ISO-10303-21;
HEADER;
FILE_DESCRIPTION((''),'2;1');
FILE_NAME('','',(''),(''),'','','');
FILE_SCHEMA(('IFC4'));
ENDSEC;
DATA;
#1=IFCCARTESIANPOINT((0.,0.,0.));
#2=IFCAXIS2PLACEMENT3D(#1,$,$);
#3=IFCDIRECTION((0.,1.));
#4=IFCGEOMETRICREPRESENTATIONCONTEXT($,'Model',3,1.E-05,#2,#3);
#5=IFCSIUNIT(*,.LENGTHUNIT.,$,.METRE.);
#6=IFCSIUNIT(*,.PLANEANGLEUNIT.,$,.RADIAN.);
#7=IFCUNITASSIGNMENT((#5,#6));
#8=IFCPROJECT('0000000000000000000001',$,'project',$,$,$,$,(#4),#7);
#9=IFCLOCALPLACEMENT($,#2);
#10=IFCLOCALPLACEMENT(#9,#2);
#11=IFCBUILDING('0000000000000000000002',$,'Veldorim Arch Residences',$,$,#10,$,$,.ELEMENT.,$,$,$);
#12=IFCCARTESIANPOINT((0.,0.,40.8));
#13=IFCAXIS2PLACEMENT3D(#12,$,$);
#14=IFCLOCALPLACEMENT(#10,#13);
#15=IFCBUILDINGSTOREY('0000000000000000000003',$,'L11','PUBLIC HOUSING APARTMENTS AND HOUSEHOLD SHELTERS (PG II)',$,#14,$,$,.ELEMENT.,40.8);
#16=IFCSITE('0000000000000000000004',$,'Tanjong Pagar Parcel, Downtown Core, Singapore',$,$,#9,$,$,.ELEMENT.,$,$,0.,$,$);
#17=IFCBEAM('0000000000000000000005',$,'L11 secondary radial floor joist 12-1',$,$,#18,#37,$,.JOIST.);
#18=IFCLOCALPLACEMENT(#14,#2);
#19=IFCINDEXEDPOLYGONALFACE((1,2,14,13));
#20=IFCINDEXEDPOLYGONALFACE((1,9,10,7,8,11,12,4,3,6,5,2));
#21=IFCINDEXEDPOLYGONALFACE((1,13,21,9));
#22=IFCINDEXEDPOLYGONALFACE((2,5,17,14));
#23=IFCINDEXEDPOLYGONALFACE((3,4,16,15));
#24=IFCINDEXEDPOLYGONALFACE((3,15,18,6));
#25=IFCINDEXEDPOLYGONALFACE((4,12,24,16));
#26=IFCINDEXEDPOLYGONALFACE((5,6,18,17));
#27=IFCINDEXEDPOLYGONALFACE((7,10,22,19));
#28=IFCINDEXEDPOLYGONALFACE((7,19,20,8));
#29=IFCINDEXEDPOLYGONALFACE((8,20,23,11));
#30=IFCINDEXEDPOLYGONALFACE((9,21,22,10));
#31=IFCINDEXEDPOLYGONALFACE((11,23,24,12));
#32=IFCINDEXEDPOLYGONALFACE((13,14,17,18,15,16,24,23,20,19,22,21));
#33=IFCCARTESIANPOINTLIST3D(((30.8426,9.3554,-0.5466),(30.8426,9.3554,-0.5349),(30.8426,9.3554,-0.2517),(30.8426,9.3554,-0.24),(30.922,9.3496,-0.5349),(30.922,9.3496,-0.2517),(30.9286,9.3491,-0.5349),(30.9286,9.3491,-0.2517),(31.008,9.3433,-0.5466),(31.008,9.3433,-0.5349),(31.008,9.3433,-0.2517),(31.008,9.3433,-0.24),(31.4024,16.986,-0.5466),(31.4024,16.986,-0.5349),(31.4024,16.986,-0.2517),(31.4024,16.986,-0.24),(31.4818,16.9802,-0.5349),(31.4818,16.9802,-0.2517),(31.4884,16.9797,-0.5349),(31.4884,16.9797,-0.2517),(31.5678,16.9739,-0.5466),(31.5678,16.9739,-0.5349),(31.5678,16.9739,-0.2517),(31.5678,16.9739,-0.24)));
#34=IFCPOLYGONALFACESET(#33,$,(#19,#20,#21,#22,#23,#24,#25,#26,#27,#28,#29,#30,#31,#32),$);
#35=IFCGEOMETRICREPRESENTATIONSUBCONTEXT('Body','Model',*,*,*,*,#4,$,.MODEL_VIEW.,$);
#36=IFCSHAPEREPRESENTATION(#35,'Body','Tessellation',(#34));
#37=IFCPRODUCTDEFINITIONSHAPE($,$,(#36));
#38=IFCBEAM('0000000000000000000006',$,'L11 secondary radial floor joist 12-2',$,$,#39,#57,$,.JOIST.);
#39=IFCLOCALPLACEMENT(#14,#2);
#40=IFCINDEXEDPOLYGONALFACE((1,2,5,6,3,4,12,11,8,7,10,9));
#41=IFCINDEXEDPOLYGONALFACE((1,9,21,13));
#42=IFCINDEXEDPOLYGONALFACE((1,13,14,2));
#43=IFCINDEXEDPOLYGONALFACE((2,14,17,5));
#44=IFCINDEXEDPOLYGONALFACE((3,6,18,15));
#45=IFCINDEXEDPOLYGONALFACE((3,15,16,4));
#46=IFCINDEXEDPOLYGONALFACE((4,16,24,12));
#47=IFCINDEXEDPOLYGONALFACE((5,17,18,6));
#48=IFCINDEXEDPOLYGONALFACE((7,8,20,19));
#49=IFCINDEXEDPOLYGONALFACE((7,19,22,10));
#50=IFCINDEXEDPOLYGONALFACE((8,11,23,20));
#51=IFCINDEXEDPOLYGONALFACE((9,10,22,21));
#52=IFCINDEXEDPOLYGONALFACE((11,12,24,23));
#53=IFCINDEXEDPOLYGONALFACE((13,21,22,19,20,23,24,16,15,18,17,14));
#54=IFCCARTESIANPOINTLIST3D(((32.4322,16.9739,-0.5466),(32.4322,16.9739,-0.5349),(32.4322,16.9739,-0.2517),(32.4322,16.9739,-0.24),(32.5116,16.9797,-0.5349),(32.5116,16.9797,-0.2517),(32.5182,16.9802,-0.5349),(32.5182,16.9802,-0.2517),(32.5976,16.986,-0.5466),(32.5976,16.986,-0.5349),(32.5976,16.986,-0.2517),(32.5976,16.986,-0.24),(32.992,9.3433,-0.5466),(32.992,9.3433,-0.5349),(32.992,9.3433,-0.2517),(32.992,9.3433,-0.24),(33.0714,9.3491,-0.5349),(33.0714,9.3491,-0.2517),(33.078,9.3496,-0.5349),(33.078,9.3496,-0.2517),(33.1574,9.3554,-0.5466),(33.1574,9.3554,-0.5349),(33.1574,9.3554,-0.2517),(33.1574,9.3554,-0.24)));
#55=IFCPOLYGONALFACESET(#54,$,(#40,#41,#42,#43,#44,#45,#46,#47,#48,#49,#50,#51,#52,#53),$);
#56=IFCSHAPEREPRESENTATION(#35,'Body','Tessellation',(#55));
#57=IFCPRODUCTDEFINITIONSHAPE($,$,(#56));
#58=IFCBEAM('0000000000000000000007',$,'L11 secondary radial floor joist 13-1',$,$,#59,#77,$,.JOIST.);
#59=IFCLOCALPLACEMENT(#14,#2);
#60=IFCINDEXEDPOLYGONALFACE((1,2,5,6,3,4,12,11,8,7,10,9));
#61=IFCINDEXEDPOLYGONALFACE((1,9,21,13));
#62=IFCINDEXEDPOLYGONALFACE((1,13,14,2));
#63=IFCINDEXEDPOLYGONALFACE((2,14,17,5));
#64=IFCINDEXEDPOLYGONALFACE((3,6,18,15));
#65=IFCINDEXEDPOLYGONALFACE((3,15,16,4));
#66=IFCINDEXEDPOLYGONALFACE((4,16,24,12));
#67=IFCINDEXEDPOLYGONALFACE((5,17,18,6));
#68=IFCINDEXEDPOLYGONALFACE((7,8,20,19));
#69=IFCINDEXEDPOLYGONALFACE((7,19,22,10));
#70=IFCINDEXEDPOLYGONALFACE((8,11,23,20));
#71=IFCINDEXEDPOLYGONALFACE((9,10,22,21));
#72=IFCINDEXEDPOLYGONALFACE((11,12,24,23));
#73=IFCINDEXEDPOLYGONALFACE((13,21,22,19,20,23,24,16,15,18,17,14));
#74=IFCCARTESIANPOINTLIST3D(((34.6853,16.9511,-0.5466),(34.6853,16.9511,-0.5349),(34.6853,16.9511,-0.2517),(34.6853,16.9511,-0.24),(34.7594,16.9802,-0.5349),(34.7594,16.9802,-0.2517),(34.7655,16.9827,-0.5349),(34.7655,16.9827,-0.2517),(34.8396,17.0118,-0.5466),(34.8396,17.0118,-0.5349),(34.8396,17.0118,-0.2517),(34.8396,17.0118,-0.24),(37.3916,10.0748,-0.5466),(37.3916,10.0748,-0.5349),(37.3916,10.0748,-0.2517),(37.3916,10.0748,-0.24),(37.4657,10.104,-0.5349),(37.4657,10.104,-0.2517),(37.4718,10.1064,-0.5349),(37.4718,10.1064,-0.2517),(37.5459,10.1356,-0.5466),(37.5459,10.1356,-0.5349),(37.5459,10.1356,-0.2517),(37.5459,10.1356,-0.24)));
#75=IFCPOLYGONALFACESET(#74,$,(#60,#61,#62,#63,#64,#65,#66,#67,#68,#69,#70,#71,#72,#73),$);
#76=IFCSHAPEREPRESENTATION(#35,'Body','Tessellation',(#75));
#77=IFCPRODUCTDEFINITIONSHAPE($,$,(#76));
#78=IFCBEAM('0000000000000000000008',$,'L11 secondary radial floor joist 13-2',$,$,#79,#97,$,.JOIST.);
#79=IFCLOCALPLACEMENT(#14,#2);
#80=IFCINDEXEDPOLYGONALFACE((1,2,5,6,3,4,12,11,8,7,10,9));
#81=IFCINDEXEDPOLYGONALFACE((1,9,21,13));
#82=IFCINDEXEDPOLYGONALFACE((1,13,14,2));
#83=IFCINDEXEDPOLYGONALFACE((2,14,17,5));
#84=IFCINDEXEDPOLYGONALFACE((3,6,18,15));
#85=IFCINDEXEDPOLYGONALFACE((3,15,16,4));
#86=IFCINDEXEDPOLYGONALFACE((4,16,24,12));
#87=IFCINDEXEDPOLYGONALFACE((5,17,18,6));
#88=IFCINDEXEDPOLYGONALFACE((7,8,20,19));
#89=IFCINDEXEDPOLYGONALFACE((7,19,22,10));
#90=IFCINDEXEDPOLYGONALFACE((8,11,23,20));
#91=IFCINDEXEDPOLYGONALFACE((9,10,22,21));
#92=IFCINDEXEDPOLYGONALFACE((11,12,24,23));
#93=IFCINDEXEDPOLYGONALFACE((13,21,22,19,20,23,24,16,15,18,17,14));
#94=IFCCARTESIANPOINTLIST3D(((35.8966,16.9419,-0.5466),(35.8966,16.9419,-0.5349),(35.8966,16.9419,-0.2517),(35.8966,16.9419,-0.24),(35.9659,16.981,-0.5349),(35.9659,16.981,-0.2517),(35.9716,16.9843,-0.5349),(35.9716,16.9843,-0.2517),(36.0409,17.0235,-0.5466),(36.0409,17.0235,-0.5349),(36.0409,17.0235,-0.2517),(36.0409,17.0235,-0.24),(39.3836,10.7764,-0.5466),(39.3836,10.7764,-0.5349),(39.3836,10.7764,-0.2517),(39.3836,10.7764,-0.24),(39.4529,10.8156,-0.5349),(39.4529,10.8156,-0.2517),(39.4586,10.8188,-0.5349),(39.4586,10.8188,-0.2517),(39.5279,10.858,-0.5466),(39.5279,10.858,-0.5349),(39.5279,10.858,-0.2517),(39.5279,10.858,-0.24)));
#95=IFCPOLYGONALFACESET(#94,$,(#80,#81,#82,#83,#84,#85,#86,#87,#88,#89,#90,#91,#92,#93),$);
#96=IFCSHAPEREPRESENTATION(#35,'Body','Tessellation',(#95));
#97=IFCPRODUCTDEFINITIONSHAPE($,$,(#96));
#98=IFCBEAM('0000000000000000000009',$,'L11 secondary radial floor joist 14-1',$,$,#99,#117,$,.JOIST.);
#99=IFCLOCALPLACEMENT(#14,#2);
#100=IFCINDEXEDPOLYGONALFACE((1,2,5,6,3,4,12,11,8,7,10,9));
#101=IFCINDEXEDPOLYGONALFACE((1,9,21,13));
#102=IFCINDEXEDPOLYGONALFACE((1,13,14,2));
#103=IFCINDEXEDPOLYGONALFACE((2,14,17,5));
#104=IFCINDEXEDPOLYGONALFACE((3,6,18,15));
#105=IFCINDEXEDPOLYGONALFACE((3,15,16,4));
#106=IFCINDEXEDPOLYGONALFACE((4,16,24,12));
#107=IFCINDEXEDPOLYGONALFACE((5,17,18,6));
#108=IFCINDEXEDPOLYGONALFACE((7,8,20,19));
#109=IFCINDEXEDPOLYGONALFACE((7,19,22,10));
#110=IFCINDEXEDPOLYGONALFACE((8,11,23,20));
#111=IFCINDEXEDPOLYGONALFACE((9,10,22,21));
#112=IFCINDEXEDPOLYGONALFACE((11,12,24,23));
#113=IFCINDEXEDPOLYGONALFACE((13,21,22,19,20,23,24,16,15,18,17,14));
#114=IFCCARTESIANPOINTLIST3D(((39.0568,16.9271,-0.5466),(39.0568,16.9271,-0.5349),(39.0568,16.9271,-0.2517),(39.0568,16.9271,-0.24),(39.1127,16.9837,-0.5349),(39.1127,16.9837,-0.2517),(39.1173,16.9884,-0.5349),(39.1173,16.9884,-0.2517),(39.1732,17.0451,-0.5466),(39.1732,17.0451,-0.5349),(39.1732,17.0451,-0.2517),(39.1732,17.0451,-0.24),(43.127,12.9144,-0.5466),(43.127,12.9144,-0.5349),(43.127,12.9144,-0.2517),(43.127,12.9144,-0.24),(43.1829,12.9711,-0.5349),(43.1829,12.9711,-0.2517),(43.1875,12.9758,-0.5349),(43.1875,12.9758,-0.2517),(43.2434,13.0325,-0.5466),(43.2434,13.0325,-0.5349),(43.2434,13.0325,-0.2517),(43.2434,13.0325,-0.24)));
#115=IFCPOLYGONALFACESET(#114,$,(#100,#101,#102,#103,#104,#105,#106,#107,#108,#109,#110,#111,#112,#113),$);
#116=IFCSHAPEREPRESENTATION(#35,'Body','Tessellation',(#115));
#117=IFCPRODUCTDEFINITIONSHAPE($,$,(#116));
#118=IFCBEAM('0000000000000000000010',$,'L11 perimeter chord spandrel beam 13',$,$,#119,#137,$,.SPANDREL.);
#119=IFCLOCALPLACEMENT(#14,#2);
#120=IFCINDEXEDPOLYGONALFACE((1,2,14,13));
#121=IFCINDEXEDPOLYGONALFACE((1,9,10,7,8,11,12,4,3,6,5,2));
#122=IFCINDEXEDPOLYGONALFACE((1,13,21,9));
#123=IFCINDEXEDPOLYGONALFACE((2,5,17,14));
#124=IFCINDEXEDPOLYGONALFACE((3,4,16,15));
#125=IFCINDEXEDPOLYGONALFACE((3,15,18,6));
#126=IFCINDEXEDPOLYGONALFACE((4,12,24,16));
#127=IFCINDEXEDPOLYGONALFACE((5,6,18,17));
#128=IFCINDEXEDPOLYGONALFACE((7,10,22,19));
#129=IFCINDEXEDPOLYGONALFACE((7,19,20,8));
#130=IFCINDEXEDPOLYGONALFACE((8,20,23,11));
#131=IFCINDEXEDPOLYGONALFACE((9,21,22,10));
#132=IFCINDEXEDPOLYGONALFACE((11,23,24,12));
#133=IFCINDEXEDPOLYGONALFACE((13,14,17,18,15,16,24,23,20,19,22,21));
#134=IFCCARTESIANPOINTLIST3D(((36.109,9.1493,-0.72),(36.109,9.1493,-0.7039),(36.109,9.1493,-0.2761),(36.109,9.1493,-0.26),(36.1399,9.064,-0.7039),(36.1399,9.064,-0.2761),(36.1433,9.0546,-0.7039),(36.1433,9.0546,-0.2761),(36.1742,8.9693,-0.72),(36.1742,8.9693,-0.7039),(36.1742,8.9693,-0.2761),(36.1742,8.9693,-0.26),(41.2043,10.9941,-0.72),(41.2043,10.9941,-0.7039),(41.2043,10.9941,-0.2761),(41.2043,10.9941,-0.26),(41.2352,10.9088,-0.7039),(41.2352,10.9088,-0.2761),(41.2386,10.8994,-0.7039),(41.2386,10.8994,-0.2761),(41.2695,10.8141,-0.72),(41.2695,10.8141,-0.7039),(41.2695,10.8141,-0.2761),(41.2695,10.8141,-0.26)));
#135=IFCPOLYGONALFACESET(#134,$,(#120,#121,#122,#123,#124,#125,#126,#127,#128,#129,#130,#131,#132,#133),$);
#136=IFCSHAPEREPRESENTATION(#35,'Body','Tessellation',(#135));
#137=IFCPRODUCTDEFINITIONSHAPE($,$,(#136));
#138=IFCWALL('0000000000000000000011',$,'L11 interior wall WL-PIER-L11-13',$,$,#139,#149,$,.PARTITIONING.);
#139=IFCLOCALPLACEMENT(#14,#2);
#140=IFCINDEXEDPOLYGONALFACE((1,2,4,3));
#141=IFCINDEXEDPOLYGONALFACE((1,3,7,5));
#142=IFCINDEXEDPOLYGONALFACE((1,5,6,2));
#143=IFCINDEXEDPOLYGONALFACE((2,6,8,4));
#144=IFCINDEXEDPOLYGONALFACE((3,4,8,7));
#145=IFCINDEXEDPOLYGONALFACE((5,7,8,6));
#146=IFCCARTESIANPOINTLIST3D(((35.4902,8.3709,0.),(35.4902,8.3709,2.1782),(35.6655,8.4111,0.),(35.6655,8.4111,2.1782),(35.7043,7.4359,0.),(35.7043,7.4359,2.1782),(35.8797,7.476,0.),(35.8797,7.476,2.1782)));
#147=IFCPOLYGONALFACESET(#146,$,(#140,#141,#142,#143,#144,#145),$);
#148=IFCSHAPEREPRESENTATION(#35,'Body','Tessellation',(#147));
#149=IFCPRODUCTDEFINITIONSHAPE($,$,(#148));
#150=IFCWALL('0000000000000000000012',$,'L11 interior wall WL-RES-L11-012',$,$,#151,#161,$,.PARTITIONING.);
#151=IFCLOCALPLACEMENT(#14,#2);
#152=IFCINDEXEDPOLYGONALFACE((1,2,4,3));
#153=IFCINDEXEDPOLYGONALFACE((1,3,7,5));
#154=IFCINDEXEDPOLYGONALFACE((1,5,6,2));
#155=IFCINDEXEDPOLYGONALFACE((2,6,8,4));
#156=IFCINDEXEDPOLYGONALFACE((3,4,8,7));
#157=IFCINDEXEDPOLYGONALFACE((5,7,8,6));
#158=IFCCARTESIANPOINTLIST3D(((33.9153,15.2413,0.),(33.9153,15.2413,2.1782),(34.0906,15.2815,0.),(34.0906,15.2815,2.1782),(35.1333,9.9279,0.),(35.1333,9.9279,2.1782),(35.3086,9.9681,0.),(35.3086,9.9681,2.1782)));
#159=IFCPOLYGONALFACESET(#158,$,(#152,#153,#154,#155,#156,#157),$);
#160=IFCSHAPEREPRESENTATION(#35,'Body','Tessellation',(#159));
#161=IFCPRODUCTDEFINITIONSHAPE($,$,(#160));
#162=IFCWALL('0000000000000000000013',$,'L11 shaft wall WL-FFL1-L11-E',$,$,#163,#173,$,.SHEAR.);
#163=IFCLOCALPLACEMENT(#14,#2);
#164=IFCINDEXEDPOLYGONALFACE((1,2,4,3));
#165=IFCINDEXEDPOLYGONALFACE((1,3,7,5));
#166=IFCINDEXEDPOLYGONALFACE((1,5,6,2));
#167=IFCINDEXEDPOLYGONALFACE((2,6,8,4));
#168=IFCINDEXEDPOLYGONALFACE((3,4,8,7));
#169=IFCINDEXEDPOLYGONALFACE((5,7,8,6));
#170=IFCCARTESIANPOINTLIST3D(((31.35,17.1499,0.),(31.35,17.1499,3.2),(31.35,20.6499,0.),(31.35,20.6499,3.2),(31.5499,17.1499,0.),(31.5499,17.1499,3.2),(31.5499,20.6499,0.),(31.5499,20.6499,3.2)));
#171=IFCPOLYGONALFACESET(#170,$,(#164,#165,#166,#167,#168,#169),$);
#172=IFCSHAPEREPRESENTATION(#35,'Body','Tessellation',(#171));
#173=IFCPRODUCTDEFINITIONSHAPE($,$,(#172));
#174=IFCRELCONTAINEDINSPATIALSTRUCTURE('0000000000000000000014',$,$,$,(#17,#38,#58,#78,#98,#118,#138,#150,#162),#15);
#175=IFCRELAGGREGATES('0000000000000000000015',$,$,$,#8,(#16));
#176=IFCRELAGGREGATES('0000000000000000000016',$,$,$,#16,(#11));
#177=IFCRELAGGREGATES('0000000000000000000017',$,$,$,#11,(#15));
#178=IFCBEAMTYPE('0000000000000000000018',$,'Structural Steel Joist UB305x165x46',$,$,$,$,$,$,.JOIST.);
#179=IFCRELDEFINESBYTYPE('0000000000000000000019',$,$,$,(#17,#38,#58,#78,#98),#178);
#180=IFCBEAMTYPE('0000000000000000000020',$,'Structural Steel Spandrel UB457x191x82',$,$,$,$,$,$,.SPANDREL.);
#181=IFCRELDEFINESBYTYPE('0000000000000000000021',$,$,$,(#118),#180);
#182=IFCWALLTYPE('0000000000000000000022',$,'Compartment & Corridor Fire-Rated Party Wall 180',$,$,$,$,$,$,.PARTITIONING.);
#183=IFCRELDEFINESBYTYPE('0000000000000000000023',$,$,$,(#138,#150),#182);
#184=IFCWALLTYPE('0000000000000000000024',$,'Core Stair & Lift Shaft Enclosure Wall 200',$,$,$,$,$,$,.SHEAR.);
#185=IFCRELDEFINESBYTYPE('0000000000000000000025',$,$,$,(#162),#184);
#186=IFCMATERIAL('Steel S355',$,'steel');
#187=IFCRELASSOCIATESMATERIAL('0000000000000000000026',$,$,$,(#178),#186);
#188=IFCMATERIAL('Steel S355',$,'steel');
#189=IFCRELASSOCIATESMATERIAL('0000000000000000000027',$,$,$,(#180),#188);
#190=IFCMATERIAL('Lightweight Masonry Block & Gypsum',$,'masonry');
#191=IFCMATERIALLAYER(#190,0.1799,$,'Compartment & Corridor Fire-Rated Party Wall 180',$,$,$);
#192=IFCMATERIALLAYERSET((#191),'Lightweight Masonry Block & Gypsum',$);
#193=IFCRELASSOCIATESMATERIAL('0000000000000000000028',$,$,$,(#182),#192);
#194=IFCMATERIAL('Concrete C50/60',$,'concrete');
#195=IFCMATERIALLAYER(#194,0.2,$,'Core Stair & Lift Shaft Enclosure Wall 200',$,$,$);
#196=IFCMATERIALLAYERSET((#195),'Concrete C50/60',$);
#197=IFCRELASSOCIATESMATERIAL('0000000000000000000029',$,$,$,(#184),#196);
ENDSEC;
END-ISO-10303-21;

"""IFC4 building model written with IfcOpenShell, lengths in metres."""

from ifc_helpers import new_model, si_unit, direction, frame, frame_2d, origin, origin_2d, place, context, subcontext, project, spatial, rectangle, i_section, extrude, material, layer, layer_set, material_profile, profile_set, type_object, element, save


model = new_model("IFC4")

# Units and contexts
model_context = context("Model", 3, precision=1e-05, world=origin(), true_north=direction((0.0, 1.0)))
body_context = subcontext(model_context, "Body", "Model", "MODEL_VIEW")
ifc_project = project(units=[si_unit("LENGTHUNIT", "METRE"), si_unit("PLANEANGLEUNIT", "RADIAN")], contexts=[model_context])

# Site, building, storey
site_placement = place(None, origin())
site = spatial("IfcSite", under=ifc_project, at=site_placement, Name="Tanjong Pagar Parcel, Downtown Core, Singapore", CompositionType="ELEMENT", RefElevation=0.0)
building_placement = place(site_placement, origin())
building = spatial("IfcBuilding", under=site, at=building_placement, Name="Veldorim Arch Residences", CompositionType="ELEMENT")
storey_placement = place(building_placement, frame((0.0, 0.0, 40.8)))
storey = spatial("IfcBuildingStorey", under=building, at=storey_placement, Name="L11", Description="PUBLIC HOUSING APARTMENTS AND HOUSEHOLD SHELTERS (PG II)", CompositionType="ELEMENT", Elevation=40.8)

# Beams
ifc_material_1 = material(Name="Steel S355", Category="steel")
ifc_material_profile_1 = material_profile(ifc_material_1, i_section(OverallWidth=0.1658, OverallDepth=0.3066, WebThickness=0.0066, FlangeThickness=0.0117, at=origin_2d()), Name="UB305x165x46")
ifc_profile_set_1 = profile_set([ifc_material_profile_1], Name="Steel S355")
beam_type_1 = type_object("IfcBeamType", Name="Structural Steel Joist UB305x165x46", PredefinedType="JOIST", material=ifc_profile_set_1)
for number, where, z_axis, x_axis, name in (
    (1, (31.4851, 16.98, -0.3933), (-0.073168, -0.99732, 0.0), (0.99732, -0.073168, 0.0), "L11 secondary radial floor joist 12-1"),
    (2, (32.5149, 16.98, -0.3933), (0.073168, -0.99732, 0.0), (0.99732, 0.073168, 0.0), "L11 secondary radial floor joist 12-2"),
):
    element("IfcBeam", number, at=place(storey_placement, frame(where, z_axis=z_axis, x_axis=x_axis)), inside=storey, type_object=beam_type_1, Name=name, PredefinedType="JOIST", context=body_context, shape_type="SweptSolid", body=[
        extrude(i_section(OverallWidth=0.1658, OverallDepth=0.3066, WebThickness=0.0066, FlangeThickness=0.0117, at=origin_2d()), origin(), (0.0, 0.0, 1.0), 7.6511),
    ])
beam_1_placement = place(storey_placement, frame((34.7625, 16.9814, -0.3933), z_axis=(0.36623, -0.930524, 0.0), x_axis=(0.930524, 0.36623, 0.0)))
element("IfcBeam", 3, at=beam_1_placement, inside=storey, type_object=beam_type_1, Name="L11 secondary radial floor joist 13-1", PredefinedType="JOIST", context=body_context, shape_type="SweptSolid", body=[
    extrude(i_section(OverallWidth=0.1658, OverallDepth=0.3066, WebThickness=0.0066, FlangeThickness=0.0117, at=origin_2d()), origin(), (0.0, 0.0, 1.0), 7.3896),
])
beam_2_placement = place(storey_placement, frame((35.9688, 16.9827, -0.3933), z_axis=(0.492292, -0.87043, 0.0), x_axis=(0.87043, 0.492292, 0.0)))
element("IfcBeam", 4, at=beam_2_placement, inside=storey, type_object=beam_type_1, Name="L11 secondary radial floor joist 13-2", PredefinedType="JOIST", context=body_context, shape_type="SweptSolid", body=[
    extrude(i_section(OverallWidth=0.1658, OverallDepth=0.3066, WebThickness=0.0066, FlangeThickness=0.0117, at=origin_2d()), origin(), (0.0, 0.0, 1.0), 7.0833),
])
beam_3_placement = place(storey_placement, frame((39.115, 16.9861, -0.3933), z_axis=(0.712129, -0.702049, 0.0), x_axis=(0.702049, 0.712129, 0.0)))
element("IfcBeam", 5, at=beam_3_placement, inside=storey, type_object=beam_type_1, Name="L11 secondary radial floor joist 14-1", PredefinedType="JOIST", context=body_context, shape_type="SweptSolid", body=[
    extrude(i_section(OverallWidth=0.1658, OverallDepth=0.3066, WebThickness=0.0066, FlangeThickness=0.0117, at=origin_2d()), origin(), (0.0, 0.0, 1.0), 5.7156),
])
ifc_material_2 = material(Name="Steel S355", Category="steel")
ifc_material_profile_2 = material_profile(ifc_material_2, i_section(OverallWidth=0.1914, OverallDepth=0.46, WebThickness=0.01, FlangeThickness=0.0161, at=origin_2d()), Name="UB457x191x82")
ifc_profile_set_2 = profile_set([ifc_material_profile_2], Name="Steel S355")
beam_type_2 = type_object("IfcBeamType", Name="Structural Steel Spandrel UB457x191x82", PredefinedType="SPANDREL", material=ifc_profile_set_2)
beam_4_placement = place(storey_placement, frame((36.1416, 9.0593, -0.49), z_axis=(0.940271, 0.340426, 0.0), x_axis=(-0.340426, 0.940271, 0.0)))
element("IfcBeam", 6, at=beam_4_placement, inside=storey, type_object=beam_type_2, Name="L11 perimeter chord spandrel beam 13", PredefinedType="SPANDREL", context=body_context, shape_type="SweptSolid", body=[
    extrude(i_section(OverallWidth=0.1914, OverallDepth=0.46, WebThickness=0.01, FlangeThickness=0.0161, at=origin_2d()), origin(), (0.0, 0.0, 1.0), 5.4189),
])

# Walls
ifc_material_3 = material(Name="Lightweight Masonry Block & Gypsum", Category="masonry")
ifc_layer_1 = layer(ifc_material_3, 0.1799, Name="Compartment & Corridor Fire-Rated Party Wall 180")
ifc_layer_set_1 = layer_set([ifc_layer_1], Name="Lightweight Masonry Block & Gypsum")
wall_type_1 = type_object("IfcWallType", Name="Compartment & Corridor Fire-Rated Party Wall 180", PredefinedType="PARTITIONING", material=ifc_layer_set_1)
wall_1_placement = place(storey_placement, frame((35.5779, 8.3909, 0.0), z_axis=(0.0, 0.0, 1.0), x_axis=(0.223205, -0.974772, 0.0)))
element("IfcWall", 7, at=wall_1_placement, inside=storey, type_object=wall_type_1, Name="L11 interior wall WL-PIER-L11-13", PredefinedType="PARTITIONING", context=body_context, shape_type="SweptSolid", body=[
    extrude(rectangle(XDim=0.9592, YDim=0.1799, at=frame_2d((0.4795, 0.0))), origin(), (0.0, 0.0, 1.0), 2.1782),
])
wall_2_placement = place(storey_placement, frame((35.2209, 9.948, 0.0), z_axis=(0.0, 0.0, 1.0), x_axis=(-0.223436, 0.974719, 0.0)))
element("IfcWall", 8, at=wall_2_placement, inside=storey, type_object=wall_type_1, Name="L11 interior wall WL-RES-L11-012", PredefinedType="PARTITIONING", context=body_context, shape_type="SweptSolid", body=[
    extrude(rectangle(XDim=5.4512, YDim=0.1799, at=frame_2d((2.7256, 0.0))), origin(), (0.0, 0.0, 1.0), 2.1782),
])
ifc_material_4 = material(Name="Concrete C50/60", Category="concrete")
ifc_layer_2 = layer(ifc_material_4, 0.2, Name="Core Stair & Lift Shaft Enclosure Wall 200")
ifc_layer_set_2 = layer_set([ifc_layer_2], Name="Concrete C50/60")
wall_type_2 = type_object("IfcWallType", Name="Core Stair & Lift Shaft Enclosure Wall 200", PredefinedType="SHEAR", material=ifc_layer_set_2)
wall_3_placement = place(storey_placement, frame((31.45, 17.1499, 0.0), z_axis=(0.0, 0.0, 1.0), x_axis=(0.0, 1.0, 0.0)))
element("IfcWall", 9, at=wall_3_placement, inside=storey, type_object=wall_type_2, Name="L11 shaft wall WL-FFL1-L11-E", PredefinedType="SHEAR", context=body_context, shape_type="SweptSolid", body=[
    extrude(rectangle(XDim=3.5, YDim=0.2, at=frame_2d((1.75, 0.0))), origin(), (0.0, 0.0, 1.0), 3.2),
])

save(model, "model.ifc")
